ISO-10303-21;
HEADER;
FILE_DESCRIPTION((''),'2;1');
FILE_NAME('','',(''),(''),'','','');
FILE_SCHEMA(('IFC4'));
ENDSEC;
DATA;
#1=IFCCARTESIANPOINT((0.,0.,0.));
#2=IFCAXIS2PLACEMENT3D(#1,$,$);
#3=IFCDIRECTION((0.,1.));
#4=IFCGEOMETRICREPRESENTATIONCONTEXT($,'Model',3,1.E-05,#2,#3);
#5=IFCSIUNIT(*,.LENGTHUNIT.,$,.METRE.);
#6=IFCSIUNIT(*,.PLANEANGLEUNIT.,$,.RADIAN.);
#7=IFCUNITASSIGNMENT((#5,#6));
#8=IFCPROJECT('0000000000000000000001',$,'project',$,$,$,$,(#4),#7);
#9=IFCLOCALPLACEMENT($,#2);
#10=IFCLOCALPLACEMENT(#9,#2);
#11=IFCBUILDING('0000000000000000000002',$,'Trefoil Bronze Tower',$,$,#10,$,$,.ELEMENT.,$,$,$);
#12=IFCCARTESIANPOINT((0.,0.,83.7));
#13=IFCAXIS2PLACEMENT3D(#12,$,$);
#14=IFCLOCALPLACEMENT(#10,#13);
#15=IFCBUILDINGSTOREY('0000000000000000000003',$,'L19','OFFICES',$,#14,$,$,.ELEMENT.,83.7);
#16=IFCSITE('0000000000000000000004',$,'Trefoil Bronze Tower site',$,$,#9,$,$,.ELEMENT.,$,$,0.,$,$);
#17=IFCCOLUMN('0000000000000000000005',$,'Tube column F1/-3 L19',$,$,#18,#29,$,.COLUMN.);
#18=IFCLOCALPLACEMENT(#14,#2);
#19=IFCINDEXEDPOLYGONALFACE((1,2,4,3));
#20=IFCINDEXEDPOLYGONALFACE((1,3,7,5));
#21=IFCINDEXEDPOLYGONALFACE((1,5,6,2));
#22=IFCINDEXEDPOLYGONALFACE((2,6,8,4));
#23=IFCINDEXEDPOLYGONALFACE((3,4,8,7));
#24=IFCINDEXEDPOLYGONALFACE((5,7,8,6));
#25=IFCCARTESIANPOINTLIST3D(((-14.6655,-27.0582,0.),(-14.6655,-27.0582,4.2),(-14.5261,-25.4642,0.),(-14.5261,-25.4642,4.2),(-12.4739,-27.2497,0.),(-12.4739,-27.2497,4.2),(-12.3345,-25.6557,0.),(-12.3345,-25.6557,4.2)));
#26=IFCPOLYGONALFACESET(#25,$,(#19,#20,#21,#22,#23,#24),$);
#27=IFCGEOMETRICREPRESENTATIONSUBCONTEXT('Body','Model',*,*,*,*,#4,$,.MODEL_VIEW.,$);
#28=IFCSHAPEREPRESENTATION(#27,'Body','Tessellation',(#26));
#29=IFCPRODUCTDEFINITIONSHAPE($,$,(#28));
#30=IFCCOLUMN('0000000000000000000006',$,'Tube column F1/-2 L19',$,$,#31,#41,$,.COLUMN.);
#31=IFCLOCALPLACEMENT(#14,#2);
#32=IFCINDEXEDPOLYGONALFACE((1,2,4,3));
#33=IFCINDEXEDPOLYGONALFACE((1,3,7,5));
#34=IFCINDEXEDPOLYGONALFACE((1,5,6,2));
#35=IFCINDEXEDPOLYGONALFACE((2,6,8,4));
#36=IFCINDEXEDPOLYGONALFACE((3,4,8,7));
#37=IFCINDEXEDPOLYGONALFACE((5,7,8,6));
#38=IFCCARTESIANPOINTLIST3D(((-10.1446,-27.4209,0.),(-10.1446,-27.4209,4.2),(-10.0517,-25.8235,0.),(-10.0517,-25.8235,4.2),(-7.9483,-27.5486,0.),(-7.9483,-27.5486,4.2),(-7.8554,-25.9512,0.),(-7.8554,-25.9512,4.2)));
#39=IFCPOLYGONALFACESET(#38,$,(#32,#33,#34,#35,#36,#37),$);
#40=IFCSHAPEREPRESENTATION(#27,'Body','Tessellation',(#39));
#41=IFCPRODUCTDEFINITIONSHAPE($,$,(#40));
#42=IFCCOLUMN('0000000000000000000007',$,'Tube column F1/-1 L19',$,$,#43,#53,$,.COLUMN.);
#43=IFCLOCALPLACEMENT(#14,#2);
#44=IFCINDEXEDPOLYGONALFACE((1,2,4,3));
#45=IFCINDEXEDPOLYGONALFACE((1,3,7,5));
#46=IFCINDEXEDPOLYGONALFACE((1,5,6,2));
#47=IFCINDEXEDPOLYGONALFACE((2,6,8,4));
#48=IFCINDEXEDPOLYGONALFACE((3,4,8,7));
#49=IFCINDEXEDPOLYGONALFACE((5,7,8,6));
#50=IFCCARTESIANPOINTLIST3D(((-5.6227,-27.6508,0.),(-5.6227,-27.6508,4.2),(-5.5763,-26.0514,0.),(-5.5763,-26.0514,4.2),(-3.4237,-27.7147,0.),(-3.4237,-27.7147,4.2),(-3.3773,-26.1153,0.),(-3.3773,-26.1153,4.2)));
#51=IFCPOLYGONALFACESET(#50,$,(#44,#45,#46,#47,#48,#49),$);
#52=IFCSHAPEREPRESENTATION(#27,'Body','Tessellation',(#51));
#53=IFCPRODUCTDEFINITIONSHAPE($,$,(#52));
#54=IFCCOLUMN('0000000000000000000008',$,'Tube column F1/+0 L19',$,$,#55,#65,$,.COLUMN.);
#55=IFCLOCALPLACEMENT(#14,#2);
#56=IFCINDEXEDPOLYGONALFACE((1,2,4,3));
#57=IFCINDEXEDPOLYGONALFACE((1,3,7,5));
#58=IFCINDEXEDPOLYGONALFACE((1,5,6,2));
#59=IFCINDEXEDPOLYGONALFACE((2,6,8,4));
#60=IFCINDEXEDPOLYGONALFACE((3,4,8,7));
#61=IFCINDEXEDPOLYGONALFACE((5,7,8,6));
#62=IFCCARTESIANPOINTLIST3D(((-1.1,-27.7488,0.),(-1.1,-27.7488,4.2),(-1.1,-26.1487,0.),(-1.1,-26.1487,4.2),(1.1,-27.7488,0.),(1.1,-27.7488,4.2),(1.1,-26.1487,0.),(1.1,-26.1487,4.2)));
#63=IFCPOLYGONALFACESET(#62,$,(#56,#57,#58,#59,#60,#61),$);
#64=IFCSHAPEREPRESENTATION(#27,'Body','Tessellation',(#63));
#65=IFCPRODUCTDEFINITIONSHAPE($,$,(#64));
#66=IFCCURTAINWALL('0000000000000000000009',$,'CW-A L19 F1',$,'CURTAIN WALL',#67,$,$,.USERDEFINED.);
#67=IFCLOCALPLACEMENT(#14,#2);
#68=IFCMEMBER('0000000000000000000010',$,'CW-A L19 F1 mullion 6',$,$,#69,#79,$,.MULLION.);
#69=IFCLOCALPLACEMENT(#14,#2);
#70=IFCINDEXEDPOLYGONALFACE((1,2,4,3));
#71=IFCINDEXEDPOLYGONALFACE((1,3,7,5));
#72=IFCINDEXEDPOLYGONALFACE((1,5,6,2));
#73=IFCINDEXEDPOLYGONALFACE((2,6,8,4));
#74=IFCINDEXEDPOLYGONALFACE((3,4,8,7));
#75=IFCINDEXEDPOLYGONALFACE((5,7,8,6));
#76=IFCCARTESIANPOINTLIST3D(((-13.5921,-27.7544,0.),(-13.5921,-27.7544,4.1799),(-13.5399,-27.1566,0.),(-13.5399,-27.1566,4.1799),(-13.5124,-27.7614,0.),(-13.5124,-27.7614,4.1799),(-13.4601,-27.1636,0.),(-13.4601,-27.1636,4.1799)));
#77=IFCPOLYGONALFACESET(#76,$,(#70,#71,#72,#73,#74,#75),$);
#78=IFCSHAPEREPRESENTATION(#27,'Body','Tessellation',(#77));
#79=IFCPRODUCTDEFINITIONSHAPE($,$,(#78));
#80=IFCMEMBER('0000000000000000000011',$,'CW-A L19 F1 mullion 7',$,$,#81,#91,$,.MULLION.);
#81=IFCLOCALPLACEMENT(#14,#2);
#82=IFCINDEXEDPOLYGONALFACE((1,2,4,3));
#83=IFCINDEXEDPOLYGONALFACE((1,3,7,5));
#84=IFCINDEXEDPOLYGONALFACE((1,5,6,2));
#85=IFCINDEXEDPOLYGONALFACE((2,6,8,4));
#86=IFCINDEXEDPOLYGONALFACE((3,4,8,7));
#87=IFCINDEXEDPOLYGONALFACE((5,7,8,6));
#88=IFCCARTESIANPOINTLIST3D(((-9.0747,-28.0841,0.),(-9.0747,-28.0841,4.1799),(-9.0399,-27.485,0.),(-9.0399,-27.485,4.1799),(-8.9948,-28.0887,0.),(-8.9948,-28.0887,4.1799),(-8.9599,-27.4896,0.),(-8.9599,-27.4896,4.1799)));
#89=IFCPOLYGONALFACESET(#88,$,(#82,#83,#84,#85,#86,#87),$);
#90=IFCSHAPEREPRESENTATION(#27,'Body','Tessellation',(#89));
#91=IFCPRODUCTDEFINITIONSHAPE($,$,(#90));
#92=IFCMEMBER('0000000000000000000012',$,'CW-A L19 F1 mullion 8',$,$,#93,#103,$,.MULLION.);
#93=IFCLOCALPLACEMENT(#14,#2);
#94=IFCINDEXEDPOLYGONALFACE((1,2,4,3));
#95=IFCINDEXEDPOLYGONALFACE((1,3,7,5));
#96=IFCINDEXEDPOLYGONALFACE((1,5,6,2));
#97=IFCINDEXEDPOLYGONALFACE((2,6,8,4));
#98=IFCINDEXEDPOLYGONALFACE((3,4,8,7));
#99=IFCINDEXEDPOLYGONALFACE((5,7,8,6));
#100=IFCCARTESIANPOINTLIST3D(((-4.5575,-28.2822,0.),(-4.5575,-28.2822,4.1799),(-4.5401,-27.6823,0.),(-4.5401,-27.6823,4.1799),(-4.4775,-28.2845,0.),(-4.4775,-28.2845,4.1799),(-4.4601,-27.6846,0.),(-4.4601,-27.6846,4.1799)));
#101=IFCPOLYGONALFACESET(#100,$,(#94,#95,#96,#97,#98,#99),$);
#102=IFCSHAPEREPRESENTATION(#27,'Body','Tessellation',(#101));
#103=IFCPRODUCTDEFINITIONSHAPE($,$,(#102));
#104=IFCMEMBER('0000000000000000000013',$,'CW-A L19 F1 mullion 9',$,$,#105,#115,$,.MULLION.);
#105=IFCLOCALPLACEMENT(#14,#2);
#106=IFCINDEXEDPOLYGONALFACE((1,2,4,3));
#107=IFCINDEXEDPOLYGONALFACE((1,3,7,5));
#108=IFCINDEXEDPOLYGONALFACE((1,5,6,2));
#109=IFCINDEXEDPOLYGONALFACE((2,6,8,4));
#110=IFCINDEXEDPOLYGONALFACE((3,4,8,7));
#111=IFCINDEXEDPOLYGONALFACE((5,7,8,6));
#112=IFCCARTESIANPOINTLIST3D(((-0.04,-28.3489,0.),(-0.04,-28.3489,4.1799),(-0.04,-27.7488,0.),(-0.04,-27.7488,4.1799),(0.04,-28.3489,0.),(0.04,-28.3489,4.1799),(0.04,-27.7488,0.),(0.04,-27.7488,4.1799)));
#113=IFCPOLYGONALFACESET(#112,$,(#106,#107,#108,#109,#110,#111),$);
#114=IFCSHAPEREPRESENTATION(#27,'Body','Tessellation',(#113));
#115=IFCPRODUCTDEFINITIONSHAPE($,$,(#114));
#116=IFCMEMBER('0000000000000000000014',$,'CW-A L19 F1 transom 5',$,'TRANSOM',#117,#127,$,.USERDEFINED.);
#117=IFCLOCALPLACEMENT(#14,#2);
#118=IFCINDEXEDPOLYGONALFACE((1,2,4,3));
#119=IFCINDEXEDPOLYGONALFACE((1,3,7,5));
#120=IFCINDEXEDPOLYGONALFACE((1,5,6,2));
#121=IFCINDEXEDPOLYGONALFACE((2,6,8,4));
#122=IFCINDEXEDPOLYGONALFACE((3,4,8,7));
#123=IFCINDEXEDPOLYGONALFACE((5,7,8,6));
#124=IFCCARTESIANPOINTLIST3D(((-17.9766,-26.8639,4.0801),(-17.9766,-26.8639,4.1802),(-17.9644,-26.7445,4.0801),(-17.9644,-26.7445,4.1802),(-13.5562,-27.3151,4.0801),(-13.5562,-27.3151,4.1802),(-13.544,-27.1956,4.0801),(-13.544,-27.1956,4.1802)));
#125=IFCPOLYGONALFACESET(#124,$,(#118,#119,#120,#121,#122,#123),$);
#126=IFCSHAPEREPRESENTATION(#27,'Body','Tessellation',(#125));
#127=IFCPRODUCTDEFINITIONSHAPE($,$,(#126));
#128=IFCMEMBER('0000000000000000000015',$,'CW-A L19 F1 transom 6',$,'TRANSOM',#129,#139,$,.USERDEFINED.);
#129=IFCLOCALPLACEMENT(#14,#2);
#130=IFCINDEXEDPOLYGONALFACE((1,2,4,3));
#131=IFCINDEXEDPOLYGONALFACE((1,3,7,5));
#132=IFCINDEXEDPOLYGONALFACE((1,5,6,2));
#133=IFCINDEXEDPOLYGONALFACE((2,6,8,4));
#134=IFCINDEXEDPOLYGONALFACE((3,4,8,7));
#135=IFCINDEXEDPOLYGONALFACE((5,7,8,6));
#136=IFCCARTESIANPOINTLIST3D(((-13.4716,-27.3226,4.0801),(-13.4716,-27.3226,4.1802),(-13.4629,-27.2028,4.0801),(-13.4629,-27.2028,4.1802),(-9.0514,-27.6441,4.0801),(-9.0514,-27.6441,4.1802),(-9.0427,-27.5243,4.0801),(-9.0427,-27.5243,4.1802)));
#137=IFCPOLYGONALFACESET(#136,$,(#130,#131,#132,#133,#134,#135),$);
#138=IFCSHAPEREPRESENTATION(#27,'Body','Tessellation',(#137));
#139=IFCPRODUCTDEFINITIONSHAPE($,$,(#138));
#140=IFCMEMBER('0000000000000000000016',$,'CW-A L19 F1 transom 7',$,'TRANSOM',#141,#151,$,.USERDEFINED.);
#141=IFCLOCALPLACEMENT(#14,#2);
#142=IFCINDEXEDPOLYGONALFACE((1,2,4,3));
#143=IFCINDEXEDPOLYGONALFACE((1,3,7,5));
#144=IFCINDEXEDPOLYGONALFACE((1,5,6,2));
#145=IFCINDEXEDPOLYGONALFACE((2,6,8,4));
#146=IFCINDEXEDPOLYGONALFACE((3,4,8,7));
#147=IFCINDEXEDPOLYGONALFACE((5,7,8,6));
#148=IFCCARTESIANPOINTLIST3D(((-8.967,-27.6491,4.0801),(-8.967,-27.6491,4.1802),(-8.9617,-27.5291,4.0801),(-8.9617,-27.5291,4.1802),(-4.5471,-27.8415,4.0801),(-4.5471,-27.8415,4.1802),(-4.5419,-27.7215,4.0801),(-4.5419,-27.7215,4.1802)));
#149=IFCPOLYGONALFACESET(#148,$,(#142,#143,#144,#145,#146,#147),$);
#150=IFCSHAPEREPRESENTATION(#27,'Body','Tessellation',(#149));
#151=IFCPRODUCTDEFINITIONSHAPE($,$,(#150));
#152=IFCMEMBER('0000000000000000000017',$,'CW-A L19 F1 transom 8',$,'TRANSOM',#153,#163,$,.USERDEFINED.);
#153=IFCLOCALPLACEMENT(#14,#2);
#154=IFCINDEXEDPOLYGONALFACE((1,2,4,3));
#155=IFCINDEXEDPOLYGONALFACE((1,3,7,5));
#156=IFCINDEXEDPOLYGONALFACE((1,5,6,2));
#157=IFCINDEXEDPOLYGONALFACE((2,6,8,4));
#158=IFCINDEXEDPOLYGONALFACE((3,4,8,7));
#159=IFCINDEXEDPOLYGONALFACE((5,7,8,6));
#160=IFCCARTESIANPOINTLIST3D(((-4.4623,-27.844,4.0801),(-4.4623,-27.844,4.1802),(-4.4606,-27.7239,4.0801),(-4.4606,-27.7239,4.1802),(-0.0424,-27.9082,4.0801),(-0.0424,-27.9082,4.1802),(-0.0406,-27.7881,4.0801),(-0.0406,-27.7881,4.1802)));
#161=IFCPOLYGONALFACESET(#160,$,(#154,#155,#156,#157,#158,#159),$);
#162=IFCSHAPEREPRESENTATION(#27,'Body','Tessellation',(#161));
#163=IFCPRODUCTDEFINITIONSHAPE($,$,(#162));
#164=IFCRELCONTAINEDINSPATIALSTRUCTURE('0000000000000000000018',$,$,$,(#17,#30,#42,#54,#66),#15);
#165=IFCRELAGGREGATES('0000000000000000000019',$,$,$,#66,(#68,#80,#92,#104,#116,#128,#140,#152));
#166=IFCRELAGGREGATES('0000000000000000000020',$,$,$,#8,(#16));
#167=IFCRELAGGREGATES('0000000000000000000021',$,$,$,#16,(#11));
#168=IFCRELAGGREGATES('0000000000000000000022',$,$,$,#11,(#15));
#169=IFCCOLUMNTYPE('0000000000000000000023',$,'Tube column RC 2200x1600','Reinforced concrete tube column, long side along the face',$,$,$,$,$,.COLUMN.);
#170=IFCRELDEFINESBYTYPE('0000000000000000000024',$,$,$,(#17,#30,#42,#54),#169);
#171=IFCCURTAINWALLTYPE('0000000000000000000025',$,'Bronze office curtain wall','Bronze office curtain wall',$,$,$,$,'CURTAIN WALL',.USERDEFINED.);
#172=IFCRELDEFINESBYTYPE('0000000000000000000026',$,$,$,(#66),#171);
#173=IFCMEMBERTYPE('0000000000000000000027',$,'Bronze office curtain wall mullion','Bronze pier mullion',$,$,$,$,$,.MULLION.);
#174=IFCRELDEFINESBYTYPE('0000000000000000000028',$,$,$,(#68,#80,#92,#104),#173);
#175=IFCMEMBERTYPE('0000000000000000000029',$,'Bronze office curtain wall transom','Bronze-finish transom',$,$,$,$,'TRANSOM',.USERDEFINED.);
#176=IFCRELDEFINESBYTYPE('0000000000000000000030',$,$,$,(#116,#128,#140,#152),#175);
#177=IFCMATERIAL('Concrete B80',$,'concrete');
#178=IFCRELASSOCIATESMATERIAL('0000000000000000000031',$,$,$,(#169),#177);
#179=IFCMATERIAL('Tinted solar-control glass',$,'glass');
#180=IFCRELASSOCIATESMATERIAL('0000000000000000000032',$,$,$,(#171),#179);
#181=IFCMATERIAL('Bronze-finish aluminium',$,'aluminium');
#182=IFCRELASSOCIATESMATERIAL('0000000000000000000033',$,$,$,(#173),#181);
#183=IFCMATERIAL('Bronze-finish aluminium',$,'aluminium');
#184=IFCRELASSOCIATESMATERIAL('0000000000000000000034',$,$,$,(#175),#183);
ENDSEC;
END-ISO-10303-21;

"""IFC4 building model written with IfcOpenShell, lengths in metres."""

from ifc_helpers import new_model, si_unit, direction, frame, origin, origin_2d, place, context, subcontext, project, spatial, rectangle, extrude, material, material_profile, profile_set, type_object, element, aggregate, save


model = new_model("IFC4")

# Units and contexts
model_context = context("Model", 3, precision=1e-05, world=origin(), true_north=direction((0.0, 1.0)))
body_context = subcontext(model_context, "Body", "Model", "MODEL_VIEW")
ifc_project = project(units=[si_unit("LENGTHUNIT", "METRE"), si_unit("PLANEANGLEUNIT", "RADIAN")], contexts=[model_context])

# Site, building, storey
site_placement = place(None, origin())
site = spatial("IfcSite", under=ifc_project, at=site_placement, Name="Trefoil Bronze Tower site", CompositionType="ELEMENT", RefElevation=0.0)
building_placement = place(site_placement, origin())
building = spatial("IfcBuilding", under=site, at=building_placement, Name="Trefoil Bronze Tower", CompositionType="ELEMENT")
storey_placement = place(building_placement, frame((0.0, 0.0, 83.7)))
storey = spatial("IfcBuildingStorey", under=building, at=storey_placement, Name="L19", Description="OFFICES", CompositionType="ELEMENT", Elevation=83.7)

# Columns
ifc_material_1 = material(Name="Concrete B80", Category="concrete")
ifc_material_profile_1 = material_profile(ifc_material_1, rectangle(XDim=2.2, YDim=1.6001, at=origin_2d()), Name="RC 2200x1600")
ifc_profile_set_1 = profile_set([ifc_material_profile_1], Name="Concrete B80")
column_type = type_object("IfcColumnType", Name="Tube column RC 2200x1600", Description="Reinforced concrete tube column, long side along the face", PredefinedType="COLUMN", material=ifc_profile_set_1)
for number, where, z_axis, x_axis, name in (
    (1, (-13.5, -26.3569, 0.0), (0.0, 0.0, 1.0), (0.996203, -0.087065, 0.0), "Tube column F1/-3 L19"),
    (2, (-9.0, -26.686, 0.0), (0.0, 0.0, 1.0), (0.998314, -0.058043, 0.0), "Tube column F1/-2 L19"),
    (3, (-4.5, -26.8831, 0.0), (0.0, 0.0, 1.0), (0.999579, -0.029022, 0.0), "Tube column F1/-1 L19"),
    (4, (0.0, -26.9487, 0.0), (0.0, 0.0, 1.0), (1.0, 0.0, 0.0), "Tube column F1/+0 L19"),
):
    element("IfcColumn", number, at=place(storey_placement, frame(where, z_axis=z_axis, x_axis=x_axis)), inside=storey, type_object=column_type, Name=name, PredefinedType="COLUMN", context=body_context, shape_type="SweptSolid", body=[
        extrude(rectangle(XDim=2.2, YDim=1.6001, at=origin_2d()), origin(), (0.0, 0.0, 1.0), 4.2),
    ])

# Curtain wall, members
ifc_material_2 = material(Name="Tinted solar-control glass", Category="glass")
curtain_wall_type = type_object("IfcCurtainWallType", Name="Bronze office curtain wall", Description="Bronze office curtain wall", ElementType="CURTAIN WALL", PredefinedType="USERDEFINED", material=ifc_material_2)
curtain_wall_placement = place(storey_placement, origin())
curtain_wall = element("IfcCurtainWall", 5, at=curtain_wall_placement, inside=storey, type_object=curtain_wall_type, Name="CW-A L19 F1", ObjectType="CURTAIN WALL", PredefinedType="USERDEFINED")
ifc_material_3 = material(Name="Bronze-finish aluminium", Category="aluminium")
ifc_material_profile_2 = material_profile(ifc_material_3, rectangle(XDim=0.6001, YDim=0.0801, at=origin_2d()), Name="CW-A mullion")
ifc_profile_set_2 = profile_set([ifc_material_profile_2], Name="Bronze-finish aluminium")
member_type_1 = type_object("IfcMemberType", Name="Bronze office curtain wall mullion", Description="Bronze pier mullion", PredefinedType="MULLION", material=ifc_profile_set_2)
member_1_placement = place(storey_placement, frame((-13.5261, -27.459, 0.0), z_axis=(0.0, 0.0, 1.0), x_axis=(0.087065, 0.996203, 0.0)))
member_1 = element("IfcMember", 6, at=member_1_placement, type_object=member_type_1, Name="CW-A L19 F1 mullion 6", PredefinedType="MULLION", context=body_context, shape_type="SweptSolid", body=[
    extrude(rectangle(XDim=0.6001, YDim=0.0801, at=origin_2d()), origin(), (0.0, 0.0, 1.0), 4.1799),
])
member_2_placement = place(storey_placement, frame((-9.0173, -27.7869, 0.0), z_axis=(0.0, 0.0, 1.0), x_axis=(0.058043, 0.998314, 0.0)))
member_2 = element("IfcMember", 7, at=member_2_placement, type_object=member_type_1, Name="CW-A L19 F1 mullion 7", PredefinedType="MULLION", context=body_context, shape_type="SweptSolid", body=[
    extrude(rectangle(XDim=0.6001, YDim=0.0801, at=origin_2d()), origin(), (0.0, 0.0, 1.0), 4.1799),
])
member_3_placement = place(storey_placement, frame((-4.5088, -27.9834, 0.0), z_axis=(0.0, 0.0, 1.0), x_axis=(0.029022, 0.999579, 0.0)))
member_3 = element("IfcMember", 8, at=member_3_placement, type_object=member_type_1, Name="CW-A L19 F1 mullion 8", PredefinedType="MULLION", context=body_context, shape_type="SweptSolid", body=[
    extrude(rectangle(XDim=0.6001, YDim=0.0801, at=origin_2d()), origin(), (0.0, 0.0, 1.0), 4.1799),
])
member_4_placement = place(storey_placement, frame((0.0, -28.0488, 0.0), z_axis=(0.0, 0.0, 1.0), x_axis=(0.0, 1.0, 0.0)))
member_4 = element("IfcMember", 9, at=member_4_placement, type_object=member_type_1, Name="CW-A L19 F1 mullion 9", PredefinedType="MULLION", context=body_context, shape_type="SweptSolid", body=[
    extrude(rectangle(XDim=0.6001, YDim=0.0801, at=origin_2d()), origin(), (0.0, 0.0, 1.0), 4.1799),
])
ifc_material_4 = material(Name="Bronze-finish aluminium", Category="aluminium")
ifc_material_profile_3 = material_profile(ifc_material_4, rectangle(XDim=0.1201, YDim=0.1001, at=origin_2d()), Name="CW-A transom")
ifc_profile_set_3 = profile_set([ifc_material_profile_3], Name="Bronze-finish aluminium")
member_type_2 = type_object("IfcMemberType", Name="Bronze office curtain wall transom", Description="Bronze-finish transom", ElementType="TRANSOM", PredefinedType="USERDEFINED", material=ifc_profile_set_3)
member_5_placement = place(storey_placement, frame((-17.9705, -26.8042, 4.1301), z_axis=(0.994832, -0.101538, 0.0), x_axis=(0.101538, 0.994832, 0.0)))
member_5 = element("IfcMember", 10, at=member_5_placement, type_object=member_type_2, Name="CW-A L19 F1 transom 5", ObjectType="TRANSOM", PredefinedType="USERDEFINED", context=body_context, shape_type="SweptSolid", body=[
    extrude(rectangle(XDim=0.1201, YDim=0.1001, at=origin_2d()), origin(), (0.0, 0.0, 1.0), 4.4434),
])
member_6_placement = place(storey_placement, frame((-13.4673, -27.2627, 4.1301), z_axis=(0.997365, -0.072551, 0.0), x_axis=(0.072551, 0.997365, 0.0)))
member_6 = element("IfcMember", 11, at=member_6_placement, type_object=member_type_2, Name="CW-A L19 F1 transom 6", ObjectType="TRANSOM", PredefinedType="USERDEFINED", context=body_context, shape_type="SweptSolid", body=[
    extrude(rectangle(XDim=0.1201, YDim=0.1001, at=origin_2d()), origin(), (0.0, 0.0, 1.0), 4.4319),
])
member_7_placement = place(storey_placement, frame((-8.9644, -27.5891, 4.1301), z_axis=(0.999054, -0.043485, 0.0), x_axis=(0.043485, 0.999054, 0.0)))
member_7 = element("IfcMember", 12, at=member_7_placement, type_object=member_type_2, Name="CW-A L19 F1 transom 7", ObjectType="TRANSOM", PredefinedType="USERDEFINED", context=body_context, shape_type="SweptSolid", body=[
    extrude(rectangle(XDim=0.1201, YDim=0.1001, at=origin_2d()), origin(), (0.0, 0.0, 1.0), 4.4241),
])
member_8_placement = place(storey_placement, frame((-4.4614, -27.7839, 4.1301), z_axis=(0.999894, -0.014526, 0.0), x_axis=(0.014526, 0.999894, 0.0)))
member_8 = element("IfcMember", 13, at=member_8_placement, type_object=member_type_2, Name="CW-A L19 F1 transom 8", ObjectType="TRANSOM", PredefinedType="USERDEFINED", context=body_context, shape_type="SweptSolid", body=[
    extrude(rectangle(XDim=0.1201, YDim=0.1001, at=origin_2d()), origin(), (0.0, 0.0, 1.0), 4.4204),
])

aggregate(curtain_wall, [member_1, member_2, member_3, member_4, member_5, member_6, member_7, member_8])

save(model, "model.ifc")
